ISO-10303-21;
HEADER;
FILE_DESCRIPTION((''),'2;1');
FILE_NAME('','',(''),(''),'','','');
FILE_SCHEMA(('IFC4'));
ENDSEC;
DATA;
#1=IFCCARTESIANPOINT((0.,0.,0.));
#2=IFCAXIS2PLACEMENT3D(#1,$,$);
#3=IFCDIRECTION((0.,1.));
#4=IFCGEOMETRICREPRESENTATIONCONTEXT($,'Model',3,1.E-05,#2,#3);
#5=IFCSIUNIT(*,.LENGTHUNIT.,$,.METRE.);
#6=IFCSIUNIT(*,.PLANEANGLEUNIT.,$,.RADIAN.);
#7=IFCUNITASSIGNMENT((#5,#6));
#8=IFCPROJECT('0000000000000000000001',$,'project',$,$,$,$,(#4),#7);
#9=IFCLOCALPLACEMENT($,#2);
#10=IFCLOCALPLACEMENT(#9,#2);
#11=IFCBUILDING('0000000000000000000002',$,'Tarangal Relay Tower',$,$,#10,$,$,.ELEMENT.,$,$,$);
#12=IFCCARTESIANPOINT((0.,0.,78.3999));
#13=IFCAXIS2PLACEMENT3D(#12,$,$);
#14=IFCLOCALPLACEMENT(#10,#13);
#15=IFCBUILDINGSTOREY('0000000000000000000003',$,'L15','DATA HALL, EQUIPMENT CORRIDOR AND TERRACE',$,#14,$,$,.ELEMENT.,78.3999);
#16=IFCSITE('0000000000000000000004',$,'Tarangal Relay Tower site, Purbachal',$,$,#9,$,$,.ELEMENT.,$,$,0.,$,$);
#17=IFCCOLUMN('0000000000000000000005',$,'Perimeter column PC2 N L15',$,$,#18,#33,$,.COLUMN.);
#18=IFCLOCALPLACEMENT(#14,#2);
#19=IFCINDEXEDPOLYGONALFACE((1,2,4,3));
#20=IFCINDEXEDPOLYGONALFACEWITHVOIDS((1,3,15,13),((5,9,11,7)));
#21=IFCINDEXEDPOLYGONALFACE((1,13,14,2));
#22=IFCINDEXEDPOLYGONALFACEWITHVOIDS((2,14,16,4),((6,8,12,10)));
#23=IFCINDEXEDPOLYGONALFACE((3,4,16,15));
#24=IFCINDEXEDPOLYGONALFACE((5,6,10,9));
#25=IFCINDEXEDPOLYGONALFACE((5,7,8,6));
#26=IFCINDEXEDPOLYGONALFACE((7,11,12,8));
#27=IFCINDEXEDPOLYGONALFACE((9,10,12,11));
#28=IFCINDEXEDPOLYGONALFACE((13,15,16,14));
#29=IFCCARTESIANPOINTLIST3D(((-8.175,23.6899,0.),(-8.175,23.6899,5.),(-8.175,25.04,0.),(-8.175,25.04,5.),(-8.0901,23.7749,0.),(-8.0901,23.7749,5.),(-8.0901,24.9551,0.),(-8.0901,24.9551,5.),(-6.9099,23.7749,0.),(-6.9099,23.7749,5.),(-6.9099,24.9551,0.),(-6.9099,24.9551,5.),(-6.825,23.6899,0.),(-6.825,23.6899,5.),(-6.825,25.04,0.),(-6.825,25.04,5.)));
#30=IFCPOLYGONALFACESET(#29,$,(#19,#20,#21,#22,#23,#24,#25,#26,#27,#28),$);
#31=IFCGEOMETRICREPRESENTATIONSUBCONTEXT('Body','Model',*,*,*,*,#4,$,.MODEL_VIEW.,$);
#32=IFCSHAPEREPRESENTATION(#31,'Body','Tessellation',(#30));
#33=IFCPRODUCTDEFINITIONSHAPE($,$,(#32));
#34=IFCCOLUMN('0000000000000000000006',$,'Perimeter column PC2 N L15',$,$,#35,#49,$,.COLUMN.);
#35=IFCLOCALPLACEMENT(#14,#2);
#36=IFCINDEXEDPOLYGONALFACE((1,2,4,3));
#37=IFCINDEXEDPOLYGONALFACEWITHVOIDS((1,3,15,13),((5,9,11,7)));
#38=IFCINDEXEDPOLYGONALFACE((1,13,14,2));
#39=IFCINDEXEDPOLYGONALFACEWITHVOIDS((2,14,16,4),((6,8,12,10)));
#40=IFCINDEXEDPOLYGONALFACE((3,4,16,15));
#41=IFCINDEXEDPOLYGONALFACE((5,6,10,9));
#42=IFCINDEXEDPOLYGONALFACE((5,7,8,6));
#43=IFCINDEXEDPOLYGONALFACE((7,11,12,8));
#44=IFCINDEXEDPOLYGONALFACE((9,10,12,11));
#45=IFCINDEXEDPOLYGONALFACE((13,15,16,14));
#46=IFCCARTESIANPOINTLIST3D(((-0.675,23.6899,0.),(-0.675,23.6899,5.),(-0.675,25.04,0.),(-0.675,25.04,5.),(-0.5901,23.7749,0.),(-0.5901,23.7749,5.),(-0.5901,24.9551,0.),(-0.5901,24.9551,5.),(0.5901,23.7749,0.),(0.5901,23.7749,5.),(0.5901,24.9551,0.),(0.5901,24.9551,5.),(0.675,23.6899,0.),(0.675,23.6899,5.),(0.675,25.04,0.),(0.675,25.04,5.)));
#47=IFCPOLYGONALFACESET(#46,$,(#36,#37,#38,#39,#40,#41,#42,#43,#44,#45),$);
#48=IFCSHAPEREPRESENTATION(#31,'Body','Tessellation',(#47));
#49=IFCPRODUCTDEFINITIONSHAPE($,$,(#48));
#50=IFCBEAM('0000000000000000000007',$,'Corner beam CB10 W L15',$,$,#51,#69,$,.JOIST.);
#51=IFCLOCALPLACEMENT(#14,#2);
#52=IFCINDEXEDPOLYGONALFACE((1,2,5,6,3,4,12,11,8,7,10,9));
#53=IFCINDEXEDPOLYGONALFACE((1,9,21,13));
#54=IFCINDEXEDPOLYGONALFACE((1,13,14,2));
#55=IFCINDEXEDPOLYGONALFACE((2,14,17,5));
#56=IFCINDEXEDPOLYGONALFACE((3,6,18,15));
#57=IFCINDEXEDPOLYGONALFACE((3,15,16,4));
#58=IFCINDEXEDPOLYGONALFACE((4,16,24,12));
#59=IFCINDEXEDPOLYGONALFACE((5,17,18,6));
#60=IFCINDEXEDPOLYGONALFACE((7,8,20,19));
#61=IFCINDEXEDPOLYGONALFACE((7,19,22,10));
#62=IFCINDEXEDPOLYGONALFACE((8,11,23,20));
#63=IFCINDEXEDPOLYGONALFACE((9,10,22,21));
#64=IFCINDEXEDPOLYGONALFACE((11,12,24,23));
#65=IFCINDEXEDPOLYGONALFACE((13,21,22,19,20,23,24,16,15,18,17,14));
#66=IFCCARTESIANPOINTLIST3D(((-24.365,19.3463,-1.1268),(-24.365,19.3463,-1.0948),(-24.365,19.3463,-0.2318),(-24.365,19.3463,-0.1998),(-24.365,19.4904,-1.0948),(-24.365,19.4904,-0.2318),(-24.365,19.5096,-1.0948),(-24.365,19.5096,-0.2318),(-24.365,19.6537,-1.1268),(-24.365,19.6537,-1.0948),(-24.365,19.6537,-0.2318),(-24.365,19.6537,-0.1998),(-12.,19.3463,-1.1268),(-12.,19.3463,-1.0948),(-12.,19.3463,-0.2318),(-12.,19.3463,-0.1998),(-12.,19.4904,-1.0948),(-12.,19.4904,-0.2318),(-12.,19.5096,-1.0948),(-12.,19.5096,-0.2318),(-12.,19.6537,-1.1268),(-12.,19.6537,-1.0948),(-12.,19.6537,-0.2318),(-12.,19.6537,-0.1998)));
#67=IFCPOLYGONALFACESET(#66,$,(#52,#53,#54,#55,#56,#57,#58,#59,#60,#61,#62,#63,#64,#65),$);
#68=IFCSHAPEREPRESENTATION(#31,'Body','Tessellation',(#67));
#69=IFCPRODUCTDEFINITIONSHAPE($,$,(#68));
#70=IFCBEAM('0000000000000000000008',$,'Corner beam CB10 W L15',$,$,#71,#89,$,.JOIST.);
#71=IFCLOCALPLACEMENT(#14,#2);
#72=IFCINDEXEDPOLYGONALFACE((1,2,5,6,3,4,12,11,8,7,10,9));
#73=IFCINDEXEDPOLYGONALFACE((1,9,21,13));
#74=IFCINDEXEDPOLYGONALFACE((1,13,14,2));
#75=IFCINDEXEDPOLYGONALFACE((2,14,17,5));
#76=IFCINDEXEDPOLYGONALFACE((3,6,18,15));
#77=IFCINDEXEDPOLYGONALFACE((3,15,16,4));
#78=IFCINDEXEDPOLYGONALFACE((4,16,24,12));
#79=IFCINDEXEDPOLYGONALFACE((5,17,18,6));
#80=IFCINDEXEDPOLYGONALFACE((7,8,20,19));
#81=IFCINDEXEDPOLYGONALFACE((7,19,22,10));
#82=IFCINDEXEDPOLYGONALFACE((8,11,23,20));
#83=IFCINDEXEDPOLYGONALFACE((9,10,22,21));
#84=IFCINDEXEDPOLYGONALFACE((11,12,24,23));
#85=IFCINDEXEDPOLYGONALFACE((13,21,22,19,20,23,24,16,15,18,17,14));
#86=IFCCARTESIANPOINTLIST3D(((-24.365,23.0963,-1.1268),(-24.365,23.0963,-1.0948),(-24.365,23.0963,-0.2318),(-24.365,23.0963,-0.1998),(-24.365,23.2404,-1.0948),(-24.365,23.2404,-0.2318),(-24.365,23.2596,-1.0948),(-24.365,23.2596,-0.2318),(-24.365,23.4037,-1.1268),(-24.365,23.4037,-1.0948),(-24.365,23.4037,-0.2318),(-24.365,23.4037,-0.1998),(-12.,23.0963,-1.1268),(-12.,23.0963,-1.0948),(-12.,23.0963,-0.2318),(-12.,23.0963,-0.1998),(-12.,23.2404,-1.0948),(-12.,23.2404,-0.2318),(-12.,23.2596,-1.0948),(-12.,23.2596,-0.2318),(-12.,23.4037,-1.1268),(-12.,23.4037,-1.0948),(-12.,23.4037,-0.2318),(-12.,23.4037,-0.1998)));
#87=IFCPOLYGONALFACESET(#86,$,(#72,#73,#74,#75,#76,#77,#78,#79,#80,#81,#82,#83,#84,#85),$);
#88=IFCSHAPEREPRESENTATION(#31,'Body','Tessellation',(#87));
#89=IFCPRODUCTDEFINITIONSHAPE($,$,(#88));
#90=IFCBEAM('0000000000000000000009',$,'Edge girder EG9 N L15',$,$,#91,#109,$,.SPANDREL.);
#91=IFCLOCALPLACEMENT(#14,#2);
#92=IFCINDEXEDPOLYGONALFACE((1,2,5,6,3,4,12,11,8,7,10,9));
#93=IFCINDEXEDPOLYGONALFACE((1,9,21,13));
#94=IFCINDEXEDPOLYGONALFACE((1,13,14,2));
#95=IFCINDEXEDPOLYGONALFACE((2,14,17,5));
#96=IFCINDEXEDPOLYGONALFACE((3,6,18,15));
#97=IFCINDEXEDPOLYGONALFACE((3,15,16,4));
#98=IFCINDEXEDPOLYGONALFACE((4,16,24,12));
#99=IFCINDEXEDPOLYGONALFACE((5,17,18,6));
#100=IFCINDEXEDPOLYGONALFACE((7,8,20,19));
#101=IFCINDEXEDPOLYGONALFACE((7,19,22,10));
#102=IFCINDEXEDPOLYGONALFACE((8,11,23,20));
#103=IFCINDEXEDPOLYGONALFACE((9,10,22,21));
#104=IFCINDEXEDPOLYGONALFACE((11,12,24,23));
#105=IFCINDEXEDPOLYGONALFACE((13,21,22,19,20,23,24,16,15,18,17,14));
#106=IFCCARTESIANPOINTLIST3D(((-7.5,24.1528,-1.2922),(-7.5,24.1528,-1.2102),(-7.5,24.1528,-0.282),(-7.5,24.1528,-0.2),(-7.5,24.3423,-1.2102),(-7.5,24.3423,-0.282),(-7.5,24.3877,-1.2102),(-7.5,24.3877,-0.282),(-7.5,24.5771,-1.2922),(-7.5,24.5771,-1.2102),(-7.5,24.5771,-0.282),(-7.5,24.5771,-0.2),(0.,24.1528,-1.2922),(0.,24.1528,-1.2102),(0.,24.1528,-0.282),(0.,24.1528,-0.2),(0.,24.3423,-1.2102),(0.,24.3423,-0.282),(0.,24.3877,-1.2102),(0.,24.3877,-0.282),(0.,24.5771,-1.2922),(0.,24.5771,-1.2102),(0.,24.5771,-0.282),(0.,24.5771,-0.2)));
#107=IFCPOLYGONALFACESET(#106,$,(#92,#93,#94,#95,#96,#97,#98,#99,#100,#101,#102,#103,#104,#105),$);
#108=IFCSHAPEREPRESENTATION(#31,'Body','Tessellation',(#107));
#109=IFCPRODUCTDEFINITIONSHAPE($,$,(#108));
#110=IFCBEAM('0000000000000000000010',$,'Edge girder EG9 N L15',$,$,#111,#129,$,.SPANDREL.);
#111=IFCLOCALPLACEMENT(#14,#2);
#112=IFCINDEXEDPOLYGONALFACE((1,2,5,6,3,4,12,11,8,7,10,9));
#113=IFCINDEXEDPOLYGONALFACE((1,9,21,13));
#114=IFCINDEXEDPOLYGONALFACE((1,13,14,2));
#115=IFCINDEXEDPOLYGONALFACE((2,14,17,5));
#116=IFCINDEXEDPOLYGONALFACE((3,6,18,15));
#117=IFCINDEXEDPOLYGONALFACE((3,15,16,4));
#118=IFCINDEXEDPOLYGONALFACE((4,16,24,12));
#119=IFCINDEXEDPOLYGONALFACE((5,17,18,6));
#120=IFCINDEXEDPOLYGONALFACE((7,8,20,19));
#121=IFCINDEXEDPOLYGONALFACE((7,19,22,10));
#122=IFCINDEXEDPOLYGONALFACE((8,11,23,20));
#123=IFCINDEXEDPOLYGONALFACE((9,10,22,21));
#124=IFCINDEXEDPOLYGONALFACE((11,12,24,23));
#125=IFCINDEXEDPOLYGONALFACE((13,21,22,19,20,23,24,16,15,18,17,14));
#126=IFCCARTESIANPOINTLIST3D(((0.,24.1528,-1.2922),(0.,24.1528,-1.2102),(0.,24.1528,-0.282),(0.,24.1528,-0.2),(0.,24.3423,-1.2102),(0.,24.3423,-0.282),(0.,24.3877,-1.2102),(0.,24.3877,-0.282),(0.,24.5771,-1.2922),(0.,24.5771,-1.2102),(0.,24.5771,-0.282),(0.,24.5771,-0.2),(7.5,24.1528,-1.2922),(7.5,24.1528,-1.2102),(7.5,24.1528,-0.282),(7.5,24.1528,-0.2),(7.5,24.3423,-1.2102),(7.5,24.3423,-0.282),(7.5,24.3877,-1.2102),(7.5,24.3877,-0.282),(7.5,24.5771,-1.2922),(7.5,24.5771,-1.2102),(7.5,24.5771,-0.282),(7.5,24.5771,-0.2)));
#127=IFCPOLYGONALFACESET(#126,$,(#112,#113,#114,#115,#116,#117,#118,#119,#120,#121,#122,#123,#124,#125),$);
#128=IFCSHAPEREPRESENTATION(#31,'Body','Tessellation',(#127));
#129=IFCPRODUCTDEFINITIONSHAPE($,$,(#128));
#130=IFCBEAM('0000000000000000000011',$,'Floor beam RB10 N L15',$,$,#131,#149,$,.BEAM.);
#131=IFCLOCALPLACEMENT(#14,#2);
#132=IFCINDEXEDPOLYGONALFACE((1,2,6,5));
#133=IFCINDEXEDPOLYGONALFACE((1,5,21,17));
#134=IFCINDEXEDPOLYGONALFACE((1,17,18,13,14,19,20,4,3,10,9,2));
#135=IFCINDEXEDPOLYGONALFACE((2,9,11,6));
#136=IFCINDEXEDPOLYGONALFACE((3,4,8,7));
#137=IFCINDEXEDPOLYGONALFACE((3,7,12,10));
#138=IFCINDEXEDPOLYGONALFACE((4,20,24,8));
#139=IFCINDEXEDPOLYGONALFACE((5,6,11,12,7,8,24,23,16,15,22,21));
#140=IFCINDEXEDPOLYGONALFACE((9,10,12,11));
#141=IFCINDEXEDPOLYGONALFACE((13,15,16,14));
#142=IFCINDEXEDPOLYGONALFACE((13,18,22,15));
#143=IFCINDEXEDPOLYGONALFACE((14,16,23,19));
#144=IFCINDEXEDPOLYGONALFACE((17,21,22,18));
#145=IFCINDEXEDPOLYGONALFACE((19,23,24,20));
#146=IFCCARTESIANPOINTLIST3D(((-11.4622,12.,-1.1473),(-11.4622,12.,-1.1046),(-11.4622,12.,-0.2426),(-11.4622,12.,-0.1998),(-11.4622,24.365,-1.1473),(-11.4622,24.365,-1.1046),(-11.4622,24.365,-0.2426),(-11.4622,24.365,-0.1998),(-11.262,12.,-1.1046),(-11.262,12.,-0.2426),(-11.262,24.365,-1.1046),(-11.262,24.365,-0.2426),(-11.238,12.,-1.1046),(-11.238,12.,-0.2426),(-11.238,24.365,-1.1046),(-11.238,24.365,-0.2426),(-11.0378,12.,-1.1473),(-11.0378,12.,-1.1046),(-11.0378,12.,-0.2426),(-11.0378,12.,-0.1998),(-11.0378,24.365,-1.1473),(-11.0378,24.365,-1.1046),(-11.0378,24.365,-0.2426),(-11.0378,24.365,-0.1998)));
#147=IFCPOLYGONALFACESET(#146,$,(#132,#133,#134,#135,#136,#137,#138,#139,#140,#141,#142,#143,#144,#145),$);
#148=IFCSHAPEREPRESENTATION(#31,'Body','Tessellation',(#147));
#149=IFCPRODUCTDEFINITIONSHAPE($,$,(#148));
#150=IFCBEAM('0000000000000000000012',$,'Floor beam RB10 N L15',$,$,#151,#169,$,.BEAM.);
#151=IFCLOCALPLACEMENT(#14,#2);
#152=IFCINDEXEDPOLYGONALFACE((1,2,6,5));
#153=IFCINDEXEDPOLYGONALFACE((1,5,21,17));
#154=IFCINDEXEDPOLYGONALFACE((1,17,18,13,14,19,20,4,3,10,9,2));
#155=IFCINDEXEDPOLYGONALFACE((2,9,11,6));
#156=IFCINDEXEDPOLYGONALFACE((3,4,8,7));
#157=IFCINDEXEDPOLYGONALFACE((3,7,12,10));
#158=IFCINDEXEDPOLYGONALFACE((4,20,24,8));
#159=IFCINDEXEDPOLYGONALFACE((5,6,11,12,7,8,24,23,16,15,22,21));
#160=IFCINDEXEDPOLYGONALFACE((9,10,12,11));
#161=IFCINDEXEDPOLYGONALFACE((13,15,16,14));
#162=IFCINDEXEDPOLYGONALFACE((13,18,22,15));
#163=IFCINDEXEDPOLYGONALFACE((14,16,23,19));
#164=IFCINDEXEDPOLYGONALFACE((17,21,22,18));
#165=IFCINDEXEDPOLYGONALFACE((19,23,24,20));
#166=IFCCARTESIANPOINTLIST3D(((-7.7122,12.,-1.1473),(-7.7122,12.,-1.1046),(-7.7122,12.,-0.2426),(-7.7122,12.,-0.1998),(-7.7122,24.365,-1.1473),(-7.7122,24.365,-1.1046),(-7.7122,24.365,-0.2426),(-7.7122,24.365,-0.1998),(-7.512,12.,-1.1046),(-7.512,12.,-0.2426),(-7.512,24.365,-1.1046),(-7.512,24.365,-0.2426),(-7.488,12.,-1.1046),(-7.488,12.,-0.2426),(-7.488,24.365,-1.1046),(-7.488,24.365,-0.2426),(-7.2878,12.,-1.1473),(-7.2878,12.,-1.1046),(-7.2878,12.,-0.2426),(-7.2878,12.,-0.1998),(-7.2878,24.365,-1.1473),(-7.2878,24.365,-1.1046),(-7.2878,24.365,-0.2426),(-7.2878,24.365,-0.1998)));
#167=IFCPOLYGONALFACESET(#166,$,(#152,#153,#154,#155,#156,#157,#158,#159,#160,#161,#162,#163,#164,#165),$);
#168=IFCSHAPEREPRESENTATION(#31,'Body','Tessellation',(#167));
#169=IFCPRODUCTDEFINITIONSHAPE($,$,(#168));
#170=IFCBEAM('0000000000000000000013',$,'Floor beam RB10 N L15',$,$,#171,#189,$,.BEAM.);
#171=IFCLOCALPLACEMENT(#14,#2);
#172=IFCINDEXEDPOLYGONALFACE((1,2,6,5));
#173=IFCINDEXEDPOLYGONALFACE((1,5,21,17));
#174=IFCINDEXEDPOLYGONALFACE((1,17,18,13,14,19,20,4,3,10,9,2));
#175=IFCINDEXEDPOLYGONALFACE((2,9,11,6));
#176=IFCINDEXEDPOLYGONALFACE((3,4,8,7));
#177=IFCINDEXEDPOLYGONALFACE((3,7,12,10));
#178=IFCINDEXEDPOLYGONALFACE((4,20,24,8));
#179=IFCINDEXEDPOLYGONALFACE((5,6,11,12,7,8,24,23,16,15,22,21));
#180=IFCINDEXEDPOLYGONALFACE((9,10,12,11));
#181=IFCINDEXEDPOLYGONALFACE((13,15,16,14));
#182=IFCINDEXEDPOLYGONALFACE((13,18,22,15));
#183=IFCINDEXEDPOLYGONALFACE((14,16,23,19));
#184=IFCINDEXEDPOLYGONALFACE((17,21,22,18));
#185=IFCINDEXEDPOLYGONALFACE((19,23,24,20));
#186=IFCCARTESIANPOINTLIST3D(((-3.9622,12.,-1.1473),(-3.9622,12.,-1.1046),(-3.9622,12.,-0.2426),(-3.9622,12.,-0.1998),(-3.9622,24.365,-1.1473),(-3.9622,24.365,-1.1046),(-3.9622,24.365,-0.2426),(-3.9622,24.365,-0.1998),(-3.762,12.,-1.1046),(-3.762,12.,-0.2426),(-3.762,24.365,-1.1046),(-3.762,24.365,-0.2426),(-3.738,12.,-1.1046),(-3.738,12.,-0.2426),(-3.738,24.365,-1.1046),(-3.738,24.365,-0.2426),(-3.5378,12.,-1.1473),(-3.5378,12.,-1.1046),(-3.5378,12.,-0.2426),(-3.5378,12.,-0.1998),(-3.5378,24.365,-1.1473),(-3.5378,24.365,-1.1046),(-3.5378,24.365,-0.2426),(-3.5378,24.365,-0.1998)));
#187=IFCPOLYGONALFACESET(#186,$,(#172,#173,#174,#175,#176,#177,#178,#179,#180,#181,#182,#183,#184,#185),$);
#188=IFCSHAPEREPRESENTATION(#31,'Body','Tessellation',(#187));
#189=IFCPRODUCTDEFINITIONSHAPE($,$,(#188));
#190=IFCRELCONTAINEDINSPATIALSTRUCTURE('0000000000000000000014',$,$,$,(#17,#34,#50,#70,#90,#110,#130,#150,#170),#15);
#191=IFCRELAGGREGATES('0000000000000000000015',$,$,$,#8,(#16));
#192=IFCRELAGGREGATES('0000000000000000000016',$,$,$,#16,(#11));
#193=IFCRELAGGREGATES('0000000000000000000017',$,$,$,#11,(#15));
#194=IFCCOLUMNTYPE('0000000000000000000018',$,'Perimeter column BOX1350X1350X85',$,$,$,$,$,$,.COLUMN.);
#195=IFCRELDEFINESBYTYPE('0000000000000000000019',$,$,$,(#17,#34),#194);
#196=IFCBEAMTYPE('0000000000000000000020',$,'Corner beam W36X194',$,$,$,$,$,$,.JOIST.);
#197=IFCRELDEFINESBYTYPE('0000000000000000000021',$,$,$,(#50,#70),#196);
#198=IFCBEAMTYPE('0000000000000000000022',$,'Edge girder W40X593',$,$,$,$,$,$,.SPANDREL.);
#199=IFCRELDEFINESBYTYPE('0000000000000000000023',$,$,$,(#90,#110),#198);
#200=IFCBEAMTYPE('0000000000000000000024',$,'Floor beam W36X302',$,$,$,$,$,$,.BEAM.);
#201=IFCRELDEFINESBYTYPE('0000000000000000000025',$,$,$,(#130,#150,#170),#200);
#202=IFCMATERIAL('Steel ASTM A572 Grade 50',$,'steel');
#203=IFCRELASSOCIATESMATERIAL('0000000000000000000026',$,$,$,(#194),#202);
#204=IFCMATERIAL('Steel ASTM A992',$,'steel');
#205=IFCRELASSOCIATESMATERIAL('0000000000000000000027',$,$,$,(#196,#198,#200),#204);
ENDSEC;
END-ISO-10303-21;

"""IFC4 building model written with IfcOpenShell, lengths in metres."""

from ifc_helpers import new_model, si_unit, direction, frame, origin, origin_2d, place, context, subcontext, project, spatial, hollow_rectangle, i_section, extrude, material, material_profile, profile_set, type_object, element, save


model = new_model("IFC4")

# Units and contexts
model_context = context("Model", 3, precision=1e-05, world=origin(), true_north=direction((0.0, 1.0)))
body_context = subcontext(model_context, "Body", "Model", "MODEL_VIEW")
ifc_project = project(units=[si_unit("LENGTHUNIT", "METRE"), si_unit("PLANEANGLEUNIT", "RADIAN")], contexts=[model_context])

# Site, building, storey
site_placement = place(None, origin())
site = spatial("IfcSite", under=ifc_project, at=site_placement, Name="Tarangal Relay Tower site, Purbachal", CompositionType="ELEMENT", RefElevation=0.0)
building_placement = place(site_placement, origin())
building = spatial("IfcBuilding", under=site, at=building_placement, Name="Tarangal Relay Tower", CompositionType="ELEMENT")
storey_placement = place(building_placement, frame((0.0, 0.0, 78.3999)))
storey = spatial("IfcBuildingStorey", under=building, at=storey_placement, Name="L15", Description="DATA HALL, EQUIPMENT CORRIDOR AND TERRACE", CompositionType="ELEMENT", Elevation=78.3999)

# Columns
ifc_material_1 = material(Name="Steel ASTM A572 Grade 50", Category="steel")
ifc_material_profile_1 = material_profile(ifc_material_1, hollow_rectangle(XDim=1.3501, YDim=1.3501, WallThickness=0.085, at=origin_2d()), Name="BOX1350X1350X85")
ifc_profile_set_1 = profile_set([ifc_material_profile_1], Name="Steel ASTM A572 Grade 50")
column_type = type_object("IfcColumnType", Name="Perimeter column BOX1350X1350X85", PredefinedType="COLUMN", material=ifc_profile_set_1)
for number, where, z_axis, x_axis, name in (
    (1, (-7.5, 24.365, 0.0), (0.0, 0.0, 1.0), (1.0, 0.0, 0.0), "Perimeter column PC2 N L15"),
    (2, (0.0, 24.365, 0.0), (0.0, 0.0, 1.0), (1.0, 0.0, 0.0), "Perimeter column PC2 N L15"),
):
    element("IfcColumn", number, at=place(storey_placement, frame(where, z_axis=z_axis, x_axis=x_axis)), inside=storey, type_object=column_type, Name=name, PredefinedType="COLUMN", context=body_context, shape_type="SweptSolid", body=[
        extrude(hollow_rectangle(XDim=1.3501, YDim=1.3501, WallThickness=0.085, at=origin_2d()), origin(), (0.0, 0.0, 1.0), 5.0),
    ])

# Beams
ifc_material_2 = material(Name="Steel ASTM A992", Category="steel")
ifc_material_profile_2 = material_profile(ifc_material_2, i_section(OverallWidth=0.3074, OverallDepth=0.927, WebThickness=0.0193, FlangeThickness=0.032, at=origin_2d()), Name="W36X194")
ifc_profile_set_2 = profile_set([ifc_material_profile_2], Name="Steel ASTM A992")
beam_type_1 = type_object("IfcBeamType", Name="Corner beam W36X194", PredefinedType="JOIST", material=ifc_profile_set_2)
for number, where, z_axis, x_axis, name in (
    (3, (-12.0, 19.5, -0.6633), (-1.0, 0.0, 0.0), (0.0, -1.0, 0.0), "Corner beam CB10 W L15"),
    (4, (-12.0, 23.25, -0.6633), (-1.0, 0.0, 0.0), (0.0, -1.0, 0.0), "Corner beam CB10 W L15"),
):
    element("IfcBeam", number, at=place(storey_placement, frame(where, z_axis=z_axis, x_axis=x_axis)), inside=storey, type_object=beam_type_1, Name=name, PredefinedType="JOIST", context=body_context, shape_type="SweptSolid", body=[
        extrude(i_section(OverallWidth=0.3074, OverallDepth=0.927, WebThickness=0.0193, FlangeThickness=0.032, at=origin_2d()), origin(), (0.0, 0.0, 1.0), 12.365),
    ])
ifc_material_profile_3 = material_profile(ifc_material_2, i_section(OverallWidth=0.4243, OverallDepth=1.0923, WebThickness=0.0454, FlangeThickness=0.082, at=origin_2d()), Name="W40X593")
ifc_profile_set_3 = profile_set([ifc_material_profile_3], Name="Steel ASTM A992")
beam_type_2 = type_object("IfcBeamType", Name="Edge girder W40X593", PredefinedType="SPANDREL", material=ifc_profile_set_3)
for number, where, z_axis, x_axis, name in (
    (5, (-7.5, 24.365, -0.7461), (1.0, 0.0, 0.0), (0.0, 1.0, 0.0), "Edge girder EG9 N L15"),
    (6, (0.0, 24.365, -0.7461), (1.0, 0.0, 0.0), (0.0, 1.0, 0.0), "Edge girder EG9 N L15"),
):
    element("IfcBeam", number, at=place(storey_placement, frame(where, z_axis=z_axis, x_axis=x_axis)), inside=storey, type_object=beam_type_2, Name=name, PredefinedType="SPANDREL", context=body_context, shape_type="SweptSolid", body=[
        extrude(i_section(OverallWidth=0.4243, OverallDepth=1.0923, WebThickness=0.0454, FlangeThickness=0.082, at=origin_2d()), origin(), (0.0, 0.0, 1.0), 7.5),
    ])
ifc_material_profile_4 = material_profile(ifc_material_2, i_section(OverallWidth=0.4243, OverallDepth=0.9475, WebThickness=0.0239, FlangeThickness=0.0427, at=origin_2d()), Name="W36X302")
ifc_profile_set_4 = profile_set([ifc_material_profile_4], Name="Steel ASTM A992")
beam_type_3 = type_object("IfcBeamType", Name="Floor beam W36X302", PredefinedType="BEAM", material=ifc_profile_set_4)
for number, where, z_axis, x_axis, name in (
    (7, (-11.25, 12.0, -0.6736), (0.0, 1.0, 0.0), (-1.0, 0.0, 0.0), "Floor beam RB10 N L15"),
    (8, (-7.5, 12.0, -0.6736), (0.0, 1.0, 0.0), (-1.0, 0.0, 0.0), "Floor beam RB10 N L15"),
    (9, (-3.75, 12.0, -0.6736), (0.0, 1.0, 0.0), (-1.0, 0.0, 0.0), "Floor beam RB10 N L15"),
):
    element("IfcBeam", number, at=place(storey_placement, frame(where, z_axis=z_axis, x_axis=x_axis)), inside=storey, type_object=beam_type_3, Name=name, PredefinedType="BEAM", context=body_context, shape_type="SweptSolid", body=[
        extrude(i_section(OverallWidth=0.4243, OverallDepth=0.9475, WebThickness=0.0239, FlangeThickness=0.0427, at=origin_2d()), origin(), (0.0, 0.0, 1.0), 12.365),
    ])

save(model, "model.ifc")
